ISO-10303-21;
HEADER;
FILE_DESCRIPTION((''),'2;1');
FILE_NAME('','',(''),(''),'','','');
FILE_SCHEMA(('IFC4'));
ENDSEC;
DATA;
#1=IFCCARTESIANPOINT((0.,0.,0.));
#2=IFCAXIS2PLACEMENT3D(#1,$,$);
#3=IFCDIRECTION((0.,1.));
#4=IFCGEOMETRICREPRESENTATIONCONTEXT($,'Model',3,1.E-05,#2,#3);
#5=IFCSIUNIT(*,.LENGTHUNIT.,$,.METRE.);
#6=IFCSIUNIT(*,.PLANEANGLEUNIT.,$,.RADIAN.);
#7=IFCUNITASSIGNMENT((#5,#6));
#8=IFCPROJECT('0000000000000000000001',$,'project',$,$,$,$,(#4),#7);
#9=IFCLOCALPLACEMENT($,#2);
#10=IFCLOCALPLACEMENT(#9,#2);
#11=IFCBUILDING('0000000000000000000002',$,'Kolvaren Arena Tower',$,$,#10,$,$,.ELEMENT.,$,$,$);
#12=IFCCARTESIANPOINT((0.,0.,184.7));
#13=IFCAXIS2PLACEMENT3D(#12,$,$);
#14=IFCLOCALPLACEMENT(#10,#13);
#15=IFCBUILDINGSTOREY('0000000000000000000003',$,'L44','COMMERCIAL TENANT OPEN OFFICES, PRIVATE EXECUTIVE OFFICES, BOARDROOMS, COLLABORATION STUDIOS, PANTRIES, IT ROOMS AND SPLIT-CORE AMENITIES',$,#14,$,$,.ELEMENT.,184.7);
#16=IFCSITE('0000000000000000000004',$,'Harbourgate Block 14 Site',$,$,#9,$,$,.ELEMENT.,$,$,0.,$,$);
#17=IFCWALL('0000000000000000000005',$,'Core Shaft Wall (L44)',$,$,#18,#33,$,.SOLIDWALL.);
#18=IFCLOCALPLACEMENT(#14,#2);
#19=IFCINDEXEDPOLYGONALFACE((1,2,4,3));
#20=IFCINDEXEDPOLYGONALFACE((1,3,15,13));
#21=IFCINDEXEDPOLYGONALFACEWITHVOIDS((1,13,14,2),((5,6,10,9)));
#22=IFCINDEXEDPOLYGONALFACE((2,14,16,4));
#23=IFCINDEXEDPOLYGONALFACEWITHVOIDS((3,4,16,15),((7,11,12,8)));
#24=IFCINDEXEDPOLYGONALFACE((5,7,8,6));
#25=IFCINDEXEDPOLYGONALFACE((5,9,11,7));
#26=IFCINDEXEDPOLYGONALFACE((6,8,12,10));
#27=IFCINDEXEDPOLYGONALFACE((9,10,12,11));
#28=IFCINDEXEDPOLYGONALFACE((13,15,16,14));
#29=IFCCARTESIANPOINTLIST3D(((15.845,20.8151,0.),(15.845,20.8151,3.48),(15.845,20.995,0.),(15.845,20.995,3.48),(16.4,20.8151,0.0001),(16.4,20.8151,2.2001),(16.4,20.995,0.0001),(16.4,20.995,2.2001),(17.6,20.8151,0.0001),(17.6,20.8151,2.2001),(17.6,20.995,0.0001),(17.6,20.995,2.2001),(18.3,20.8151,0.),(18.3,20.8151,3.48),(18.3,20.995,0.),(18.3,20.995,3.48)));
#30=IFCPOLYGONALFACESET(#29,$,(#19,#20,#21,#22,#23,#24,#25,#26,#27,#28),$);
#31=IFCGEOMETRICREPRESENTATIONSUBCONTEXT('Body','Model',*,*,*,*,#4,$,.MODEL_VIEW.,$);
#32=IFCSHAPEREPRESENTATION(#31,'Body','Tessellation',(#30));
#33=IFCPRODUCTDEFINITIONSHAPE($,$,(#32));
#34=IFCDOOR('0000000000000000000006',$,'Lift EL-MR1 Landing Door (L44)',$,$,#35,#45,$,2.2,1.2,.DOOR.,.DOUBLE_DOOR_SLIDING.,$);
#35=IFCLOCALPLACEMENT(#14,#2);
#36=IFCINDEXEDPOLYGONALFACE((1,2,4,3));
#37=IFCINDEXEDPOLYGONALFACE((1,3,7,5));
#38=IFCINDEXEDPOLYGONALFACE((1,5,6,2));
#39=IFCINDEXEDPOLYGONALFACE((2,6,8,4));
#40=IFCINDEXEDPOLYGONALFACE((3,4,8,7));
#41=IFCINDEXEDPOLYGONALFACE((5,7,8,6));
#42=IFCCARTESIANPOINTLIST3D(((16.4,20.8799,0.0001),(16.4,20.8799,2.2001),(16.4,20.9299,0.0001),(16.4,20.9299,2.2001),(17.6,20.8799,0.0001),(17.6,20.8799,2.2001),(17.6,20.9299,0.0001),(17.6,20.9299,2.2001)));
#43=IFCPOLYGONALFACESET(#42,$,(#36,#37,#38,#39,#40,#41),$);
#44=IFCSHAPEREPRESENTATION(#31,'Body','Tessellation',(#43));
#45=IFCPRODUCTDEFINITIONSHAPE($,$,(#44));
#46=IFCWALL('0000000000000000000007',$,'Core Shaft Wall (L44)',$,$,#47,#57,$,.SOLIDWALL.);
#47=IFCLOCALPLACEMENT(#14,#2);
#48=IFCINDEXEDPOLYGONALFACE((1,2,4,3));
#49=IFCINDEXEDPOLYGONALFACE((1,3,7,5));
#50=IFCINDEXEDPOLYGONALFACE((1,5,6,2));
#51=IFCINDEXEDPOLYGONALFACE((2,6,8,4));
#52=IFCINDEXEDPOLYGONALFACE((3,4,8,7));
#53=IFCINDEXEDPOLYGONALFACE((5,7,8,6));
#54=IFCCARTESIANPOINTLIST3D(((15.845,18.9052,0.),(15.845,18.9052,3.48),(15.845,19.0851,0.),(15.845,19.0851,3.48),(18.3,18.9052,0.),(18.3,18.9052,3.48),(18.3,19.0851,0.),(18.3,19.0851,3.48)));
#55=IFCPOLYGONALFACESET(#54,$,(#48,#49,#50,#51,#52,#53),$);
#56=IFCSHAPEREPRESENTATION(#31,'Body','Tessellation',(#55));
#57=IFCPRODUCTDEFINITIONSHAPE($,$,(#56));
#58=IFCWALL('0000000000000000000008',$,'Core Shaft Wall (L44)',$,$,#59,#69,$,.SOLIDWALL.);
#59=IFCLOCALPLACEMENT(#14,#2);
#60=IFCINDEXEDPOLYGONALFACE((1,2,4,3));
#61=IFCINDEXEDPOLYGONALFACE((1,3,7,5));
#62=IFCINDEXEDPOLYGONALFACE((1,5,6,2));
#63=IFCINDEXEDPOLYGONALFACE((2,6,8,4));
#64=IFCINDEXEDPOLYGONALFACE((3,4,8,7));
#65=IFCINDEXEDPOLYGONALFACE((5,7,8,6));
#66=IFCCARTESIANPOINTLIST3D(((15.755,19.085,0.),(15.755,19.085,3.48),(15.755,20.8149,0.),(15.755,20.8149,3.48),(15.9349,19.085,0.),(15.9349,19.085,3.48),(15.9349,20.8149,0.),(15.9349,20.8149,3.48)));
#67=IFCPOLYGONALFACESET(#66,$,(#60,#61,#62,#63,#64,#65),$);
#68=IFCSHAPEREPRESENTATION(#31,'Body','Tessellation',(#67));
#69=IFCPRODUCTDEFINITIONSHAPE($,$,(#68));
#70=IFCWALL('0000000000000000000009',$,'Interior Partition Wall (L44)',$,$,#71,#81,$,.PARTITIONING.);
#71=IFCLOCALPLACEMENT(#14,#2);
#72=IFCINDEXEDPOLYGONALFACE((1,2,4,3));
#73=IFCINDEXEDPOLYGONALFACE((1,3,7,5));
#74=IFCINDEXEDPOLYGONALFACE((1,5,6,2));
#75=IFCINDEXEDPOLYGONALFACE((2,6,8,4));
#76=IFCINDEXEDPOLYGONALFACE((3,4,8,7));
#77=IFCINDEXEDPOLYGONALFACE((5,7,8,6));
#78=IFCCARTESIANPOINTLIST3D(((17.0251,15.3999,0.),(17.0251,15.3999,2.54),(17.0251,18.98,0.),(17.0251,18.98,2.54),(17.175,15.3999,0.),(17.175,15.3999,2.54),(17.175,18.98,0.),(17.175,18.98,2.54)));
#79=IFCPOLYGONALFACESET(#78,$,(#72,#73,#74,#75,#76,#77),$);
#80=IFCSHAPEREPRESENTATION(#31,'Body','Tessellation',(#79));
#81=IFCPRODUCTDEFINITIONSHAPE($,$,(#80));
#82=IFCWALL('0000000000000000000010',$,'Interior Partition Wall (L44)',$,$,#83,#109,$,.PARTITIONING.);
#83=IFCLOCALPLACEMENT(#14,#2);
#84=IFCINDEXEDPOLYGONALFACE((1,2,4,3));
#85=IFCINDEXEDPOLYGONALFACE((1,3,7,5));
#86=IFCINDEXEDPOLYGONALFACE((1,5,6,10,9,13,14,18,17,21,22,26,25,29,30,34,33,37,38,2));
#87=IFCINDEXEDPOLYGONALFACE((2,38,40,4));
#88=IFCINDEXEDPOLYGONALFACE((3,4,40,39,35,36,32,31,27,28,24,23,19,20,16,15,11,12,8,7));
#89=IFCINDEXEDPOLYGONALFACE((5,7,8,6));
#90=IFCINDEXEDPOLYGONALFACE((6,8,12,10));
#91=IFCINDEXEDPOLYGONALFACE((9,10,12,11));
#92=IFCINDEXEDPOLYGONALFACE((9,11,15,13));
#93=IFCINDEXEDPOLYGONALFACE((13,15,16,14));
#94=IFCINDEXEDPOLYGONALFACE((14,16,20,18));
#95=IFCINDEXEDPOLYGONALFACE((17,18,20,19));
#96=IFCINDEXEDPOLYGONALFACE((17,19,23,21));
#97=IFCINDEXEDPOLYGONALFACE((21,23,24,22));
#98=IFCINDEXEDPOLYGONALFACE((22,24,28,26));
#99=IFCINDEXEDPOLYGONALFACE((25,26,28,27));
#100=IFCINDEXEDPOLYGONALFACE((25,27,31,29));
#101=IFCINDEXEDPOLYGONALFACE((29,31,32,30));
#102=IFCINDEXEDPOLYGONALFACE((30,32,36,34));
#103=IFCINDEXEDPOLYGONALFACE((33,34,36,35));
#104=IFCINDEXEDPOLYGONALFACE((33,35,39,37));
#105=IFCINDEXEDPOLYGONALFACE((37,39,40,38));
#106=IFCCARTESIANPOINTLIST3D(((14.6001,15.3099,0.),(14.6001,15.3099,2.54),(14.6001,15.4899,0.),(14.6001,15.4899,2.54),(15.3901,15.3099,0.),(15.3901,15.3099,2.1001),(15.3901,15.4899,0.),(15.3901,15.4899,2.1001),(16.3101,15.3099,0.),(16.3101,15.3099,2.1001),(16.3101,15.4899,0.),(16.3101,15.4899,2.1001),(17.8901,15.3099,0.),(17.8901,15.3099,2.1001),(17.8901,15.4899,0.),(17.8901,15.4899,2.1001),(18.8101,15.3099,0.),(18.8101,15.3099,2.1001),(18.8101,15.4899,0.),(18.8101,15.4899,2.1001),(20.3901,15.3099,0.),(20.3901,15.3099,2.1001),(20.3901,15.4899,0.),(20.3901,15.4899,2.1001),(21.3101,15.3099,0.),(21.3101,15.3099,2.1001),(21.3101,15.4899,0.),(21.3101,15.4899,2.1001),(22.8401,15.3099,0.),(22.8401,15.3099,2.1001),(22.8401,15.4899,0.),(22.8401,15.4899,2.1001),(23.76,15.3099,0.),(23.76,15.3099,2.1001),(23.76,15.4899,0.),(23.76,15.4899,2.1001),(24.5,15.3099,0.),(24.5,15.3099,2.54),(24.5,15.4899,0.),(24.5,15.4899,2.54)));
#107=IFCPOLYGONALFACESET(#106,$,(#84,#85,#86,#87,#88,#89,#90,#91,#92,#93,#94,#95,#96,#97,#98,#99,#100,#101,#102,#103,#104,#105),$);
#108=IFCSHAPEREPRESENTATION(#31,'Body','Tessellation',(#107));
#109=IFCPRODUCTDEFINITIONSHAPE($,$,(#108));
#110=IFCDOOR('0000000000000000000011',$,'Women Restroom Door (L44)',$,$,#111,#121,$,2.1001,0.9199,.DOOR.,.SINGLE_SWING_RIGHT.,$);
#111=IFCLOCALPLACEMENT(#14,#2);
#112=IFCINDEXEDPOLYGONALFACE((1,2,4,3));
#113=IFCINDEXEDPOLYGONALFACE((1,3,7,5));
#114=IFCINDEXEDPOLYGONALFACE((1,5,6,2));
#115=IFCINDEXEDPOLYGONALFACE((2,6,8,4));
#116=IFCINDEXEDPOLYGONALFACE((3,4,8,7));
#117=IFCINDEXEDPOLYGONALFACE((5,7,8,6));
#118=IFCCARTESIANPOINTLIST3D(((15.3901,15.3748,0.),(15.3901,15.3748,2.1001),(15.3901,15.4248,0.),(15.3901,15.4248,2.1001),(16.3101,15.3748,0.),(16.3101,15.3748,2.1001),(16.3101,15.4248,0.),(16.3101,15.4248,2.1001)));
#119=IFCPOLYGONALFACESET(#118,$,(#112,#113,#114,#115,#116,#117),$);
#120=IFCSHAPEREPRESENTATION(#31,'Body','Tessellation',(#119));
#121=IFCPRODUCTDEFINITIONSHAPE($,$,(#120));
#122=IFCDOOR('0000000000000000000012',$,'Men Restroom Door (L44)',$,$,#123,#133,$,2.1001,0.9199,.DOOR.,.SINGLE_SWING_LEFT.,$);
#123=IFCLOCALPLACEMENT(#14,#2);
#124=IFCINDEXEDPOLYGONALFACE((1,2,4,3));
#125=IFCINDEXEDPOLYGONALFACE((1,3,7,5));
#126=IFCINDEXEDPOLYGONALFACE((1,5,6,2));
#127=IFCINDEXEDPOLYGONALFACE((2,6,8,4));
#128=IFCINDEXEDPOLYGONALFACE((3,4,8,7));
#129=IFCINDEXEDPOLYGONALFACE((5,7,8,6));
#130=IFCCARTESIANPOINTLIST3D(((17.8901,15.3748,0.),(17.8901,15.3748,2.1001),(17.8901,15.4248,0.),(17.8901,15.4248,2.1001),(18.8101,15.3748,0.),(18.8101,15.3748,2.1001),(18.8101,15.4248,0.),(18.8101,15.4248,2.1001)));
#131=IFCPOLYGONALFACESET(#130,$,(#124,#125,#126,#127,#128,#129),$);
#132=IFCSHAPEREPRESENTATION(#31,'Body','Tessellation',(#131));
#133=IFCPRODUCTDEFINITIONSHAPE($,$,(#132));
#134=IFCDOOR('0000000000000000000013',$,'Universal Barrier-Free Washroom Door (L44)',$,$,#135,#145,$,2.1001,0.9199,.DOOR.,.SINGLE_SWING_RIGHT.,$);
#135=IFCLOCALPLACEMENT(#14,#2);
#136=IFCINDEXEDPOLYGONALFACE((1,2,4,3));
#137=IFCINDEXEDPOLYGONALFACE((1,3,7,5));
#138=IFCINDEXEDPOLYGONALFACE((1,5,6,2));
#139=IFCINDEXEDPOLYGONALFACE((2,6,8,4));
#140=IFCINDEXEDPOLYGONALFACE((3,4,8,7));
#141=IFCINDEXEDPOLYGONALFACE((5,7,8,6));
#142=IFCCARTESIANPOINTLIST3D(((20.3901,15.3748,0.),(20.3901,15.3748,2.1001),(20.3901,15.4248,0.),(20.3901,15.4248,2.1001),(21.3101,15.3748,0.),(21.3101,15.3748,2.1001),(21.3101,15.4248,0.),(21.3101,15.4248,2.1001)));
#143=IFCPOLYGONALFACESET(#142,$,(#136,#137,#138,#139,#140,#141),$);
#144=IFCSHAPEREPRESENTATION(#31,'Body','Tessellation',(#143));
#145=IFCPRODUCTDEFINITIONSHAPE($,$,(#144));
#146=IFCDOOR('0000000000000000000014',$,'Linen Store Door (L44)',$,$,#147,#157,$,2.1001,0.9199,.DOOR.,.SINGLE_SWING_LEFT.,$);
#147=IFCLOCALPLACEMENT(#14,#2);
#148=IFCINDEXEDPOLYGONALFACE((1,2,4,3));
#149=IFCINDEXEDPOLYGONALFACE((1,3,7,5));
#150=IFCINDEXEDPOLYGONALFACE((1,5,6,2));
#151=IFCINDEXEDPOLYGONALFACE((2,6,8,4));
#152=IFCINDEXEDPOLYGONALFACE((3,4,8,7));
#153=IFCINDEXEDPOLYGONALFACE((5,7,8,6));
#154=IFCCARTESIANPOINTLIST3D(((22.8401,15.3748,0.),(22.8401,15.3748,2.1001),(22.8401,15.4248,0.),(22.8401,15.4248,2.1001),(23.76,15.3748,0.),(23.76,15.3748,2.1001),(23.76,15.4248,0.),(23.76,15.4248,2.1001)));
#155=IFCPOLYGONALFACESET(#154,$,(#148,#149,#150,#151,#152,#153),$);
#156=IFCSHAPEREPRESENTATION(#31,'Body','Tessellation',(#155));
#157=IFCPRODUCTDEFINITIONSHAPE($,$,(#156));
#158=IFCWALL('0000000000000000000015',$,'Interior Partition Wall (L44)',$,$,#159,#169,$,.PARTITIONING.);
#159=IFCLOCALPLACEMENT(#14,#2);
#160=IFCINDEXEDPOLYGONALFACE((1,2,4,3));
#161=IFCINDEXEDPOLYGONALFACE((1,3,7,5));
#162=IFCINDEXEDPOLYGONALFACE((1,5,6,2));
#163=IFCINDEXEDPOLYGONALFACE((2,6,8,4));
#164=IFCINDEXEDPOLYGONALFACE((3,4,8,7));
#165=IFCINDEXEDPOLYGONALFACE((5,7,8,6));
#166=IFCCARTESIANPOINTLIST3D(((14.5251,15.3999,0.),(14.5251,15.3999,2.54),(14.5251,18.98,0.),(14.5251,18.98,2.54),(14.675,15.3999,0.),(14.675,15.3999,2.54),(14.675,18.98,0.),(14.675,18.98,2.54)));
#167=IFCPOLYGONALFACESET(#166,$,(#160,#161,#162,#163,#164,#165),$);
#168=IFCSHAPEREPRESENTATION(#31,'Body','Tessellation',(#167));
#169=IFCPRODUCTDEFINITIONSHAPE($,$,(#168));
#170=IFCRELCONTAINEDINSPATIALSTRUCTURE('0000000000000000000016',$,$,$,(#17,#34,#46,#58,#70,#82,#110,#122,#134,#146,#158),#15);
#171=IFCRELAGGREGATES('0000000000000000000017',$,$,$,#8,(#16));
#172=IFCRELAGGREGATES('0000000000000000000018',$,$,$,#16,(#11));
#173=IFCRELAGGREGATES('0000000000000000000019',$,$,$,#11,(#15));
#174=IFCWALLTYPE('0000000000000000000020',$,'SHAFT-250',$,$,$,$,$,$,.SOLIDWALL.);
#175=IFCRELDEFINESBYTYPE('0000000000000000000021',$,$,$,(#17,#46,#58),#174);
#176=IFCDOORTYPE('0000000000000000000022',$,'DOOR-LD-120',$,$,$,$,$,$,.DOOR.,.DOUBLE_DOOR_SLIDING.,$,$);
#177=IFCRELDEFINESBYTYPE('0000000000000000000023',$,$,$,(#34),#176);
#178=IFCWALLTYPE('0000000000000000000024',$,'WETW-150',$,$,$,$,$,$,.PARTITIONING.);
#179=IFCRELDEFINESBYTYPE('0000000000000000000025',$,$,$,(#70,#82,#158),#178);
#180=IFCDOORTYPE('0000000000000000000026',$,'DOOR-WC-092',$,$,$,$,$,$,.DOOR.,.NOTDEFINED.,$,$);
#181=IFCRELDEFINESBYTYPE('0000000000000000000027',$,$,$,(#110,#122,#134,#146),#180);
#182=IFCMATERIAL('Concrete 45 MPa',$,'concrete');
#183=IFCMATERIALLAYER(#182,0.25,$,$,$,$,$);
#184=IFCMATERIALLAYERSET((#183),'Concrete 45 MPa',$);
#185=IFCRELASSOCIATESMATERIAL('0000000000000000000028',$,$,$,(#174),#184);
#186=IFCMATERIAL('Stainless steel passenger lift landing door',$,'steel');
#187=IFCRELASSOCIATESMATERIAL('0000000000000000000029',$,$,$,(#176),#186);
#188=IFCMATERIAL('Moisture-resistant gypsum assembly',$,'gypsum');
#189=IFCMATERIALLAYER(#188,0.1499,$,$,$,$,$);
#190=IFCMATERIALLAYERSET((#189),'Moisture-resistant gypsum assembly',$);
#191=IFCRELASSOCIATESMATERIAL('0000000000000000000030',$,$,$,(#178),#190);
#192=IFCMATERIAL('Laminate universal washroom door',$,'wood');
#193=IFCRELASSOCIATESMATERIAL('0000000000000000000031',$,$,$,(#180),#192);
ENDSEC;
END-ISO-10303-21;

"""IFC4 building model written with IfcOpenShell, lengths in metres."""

from ifc_helpers import new_model, si_unit, direction, frame, frame_2d, origin, place, context, subcontext, project, spatial, rectangle, extrude, material, layer, layer_set, type_object, element, fill, save


model = new_model("IFC4")

# Units and contexts
model_context = context("Model", 3, precision=1e-05, world=origin(), true_north=direction((0.0, 1.0)))
body_context = subcontext(model_context, "Body", "Model", "MODEL_VIEW")
ifc_project = project(units=[si_unit("LENGTHUNIT", "METRE"), si_unit("PLANEANGLEUNIT", "RADIAN")], contexts=[model_context])

# Site, building, storey
site_placement = place(None, origin())
site = spatial("IfcSite", under=ifc_project, at=site_placement, Name="Harbourgate Block 14 Site", CompositionType="ELEMENT", RefElevation=0.0)
building_placement = place(site_placement, origin())
building = spatial("IfcBuilding", under=site, at=building_placement, Name="Kolvaren Arena Tower", CompositionType="ELEMENT")
storey_placement = place(building_placement, frame((0.0, 0.0, 184.7)))
storey = spatial("IfcBuildingStorey", under=building, at=storey_placement, Name="L44", Description="COMMERCIAL TENANT OPEN OFFICES, PRIVATE EXECUTIVE OFFICES, BOARDROOMS, COLLABORATION STUDIOS, PANTRIES, IT ROOMS AND SPLIT-CORE AMENITIES", CompositionType="ELEMENT", Elevation=184.7)

# Wall, opening, door
ifc_material_1 = material(Name="Concrete 45 MPa", Category="concrete")
ifc_layer_1 = layer(ifc_material_1, 0.25)
ifc_layer_set_1 = layer_set([ifc_layer_1], Name="Concrete 45 MPa")
wall_type_1 = type_object("IfcWallType", Name="SHAFT-250", PredefinedType="SOLIDWALL", material=ifc_layer_set_1)
wall_1_placement = place(storey_placement, frame((15.845, 20.905, 0.0), z_axis=(0.0, 0.0, 1.0), x_axis=(1.0, 0.0, 0.0)))
wall_1 = element("IfcWall", 1, at=wall_1_placement, inside=storey, type_object=wall_type_1, Name="Core Shaft Wall (L44)", PredefinedType="SOLIDWALL", context=body_context, shape_type="SweptSolid", body=[
    extrude(rectangle(XDim=2.4551, YDim=0.1799, at=frame_2d((1.2275, 0.0))), origin(), (0.0, 0.0, 1.0), 3.48),
])
opening_1_placement = place(wall_1_placement, frame((0.5549, 0.0, 0.0)))
opening_1 = element("IfcOpeningElement", 2, at=opening_1_placement, cuts=wall_1, PredefinedType="OPENING", context=body_context, shape_type="SweptSolid", body=[
    extrude(rectangle(XDim=1.2, YDim=2.2, at=frame_2d((0.6001, 1.1001))), frame((0.0, 0.0999, 0.0), z_axis=(0.0, -1.0, 0.0), x_axis=(1.0, 0.0, 0.0)), (0.0, 0.0, 1.0), 0.2),
])
ifc_material_2 = material(Name="Stainless steel passenger lift landing door", Category="steel")
door_type_1 = type_object("IfcDoorType", Name="DOOR-LD-120", OperationType="DOUBLE_DOOR_SLIDING", PredefinedType="DOOR", material=ifc_material_2)
door_1_placement = place(opening_1_placement, origin())
door_1 = element("IfcDoor", 3, at=door_1_placement, inside=storey, type_object=door_type_1, Name="Lift EL-MR1 Landing Door (L44)", OperationType="DOUBLE_DOOR_SLIDING", OverallHeight=2.2, OverallWidth=1.2, PredefinedType="DOOR", context=body_context, shape_type="SweptSolid", body=[
    extrude(rectangle(XDim=1.2, YDim=2.2, at=frame_2d((0.6001, 1.1001))), frame((0.0, 0.0249, 0.0), z_axis=(0.0, -1.0, 0.0), x_axis=(1.0, 0.0, 0.0)), (0.0, 0.0, 1.0), 0.05),
])
fill(opening_1, door_1)

# Walls
wall_2_placement = place(storey_placement, frame((15.845, 18.9951, 0.0), z_axis=(0.0, 0.0, 1.0), x_axis=(1.0, 0.0, 0.0)))
element("IfcWall", 4, at=wall_2_placement, inside=storey, type_object=wall_type_1, Name="Core Shaft Wall (L44)", PredefinedType="SOLIDWALL", context=body_context, shape_type="SweptSolid", body=[
    extrude(rectangle(XDim=2.4551, YDim=0.1799, at=frame_2d((1.2275, 0.0))), origin(), (0.0, 0.0, 1.0), 3.48),
])
wall_3_placement = place(storey_placement, frame((15.845, 19.085, 0.0), z_axis=(0.0, 0.0, 1.0), x_axis=(0.0, 1.0, 0.0)))
element("IfcWall", 5, at=wall_3_placement, inside=storey, type_object=wall_type_1, Name="Core Shaft Wall (L44)", PredefinedType="SOLIDWALL", context=body_context, shape_type="SweptSolid", body=[
    extrude(rectangle(XDim=1.73, YDim=0.1799, at=frame_2d((0.865, 0.0))), origin(), (0.0, 0.0, 1.0), 3.48),
])
ifc_material_3 = material(Name="Moisture-resistant gypsum assembly", Category="gypsum")
ifc_layer_2 = layer(ifc_material_3, 0.1499)
ifc_layer_set_2 = layer_set([ifc_layer_2], Name="Moisture-resistant gypsum assembly")
wall_type_2 = type_object("IfcWallType", Name="WETW-150", PredefinedType="PARTITIONING", material=ifc_layer_set_2)
wall_4_placement = place(storey_placement, frame((17.1001, 15.3999, 0.0), z_axis=(0.0, 0.0, 1.0), x_axis=(0.0, 1.0, 0.0)))
element("IfcWall", 6, at=wall_4_placement, inside=storey, type_object=wall_type_2, Name="Interior Partition Wall (L44)", PredefinedType="PARTITIONING", context=body_context, shape_type="SweptSolid", body=[
    extrude(rectangle(XDim=3.5801, YDim=0.1499, at=frame_2d((1.79, 0.0))), origin(), (0.0, 0.0, 1.0), 2.54),
])

# Wall, openings, doors
wall_5_placement = place(storey_placement, frame((14.6001, 15.3999, 0.0), z_axis=(0.0, 0.0, 1.0), x_axis=(1.0, 0.0, 0.0)))
wall_5 = element("IfcWall", 7, at=wall_5_placement, inside=storey, type_object=wall_type_2, Name="Interior Partition Wall (L44)", PredefinedType="PARTITIONING", context=body_context, shape_type="SweptSolid", body=[
    extrude(rectangle(XDim=9.8999, YDim=0.1799, at=frame_2d((4.95, 0.0))), origin(), (0.0, 0.0, 1.0), 2.54),
])
opening_2_placement = place(wall_5_placement, frame((0.79, 0.0, 0.0)))
opening_2 = element("IfcOpeningElement", 8, at=opening_2_placement, cuts=wall_5, PredefinedType="OPENING", context=body_context, shape_type="SweptSolid", body=[
    extrude(rectangle(XDim=0.9199, YDim=2.1001, at=frame_2d((0.46, 1.05))), frame((0.0, 0.0999, 0.0), z_axis=(0.0, -1.0, 0.0), x_axis=(1.0, 0.0, 0.0)), (0.0, 0.0, 1.0), 0.2),
])
opening_3_placement = place(wall_5_placement, frame((3.29, 0.0, 0.0)))
opening_3 = element("IfcOpeningElement", 9, at=opening_3_placement, cuts=wall_5, PredefinedType="OPENING", context=body_context, shape_type="SweptSolid", body=[
    extrude(rectangle(XDim=0.9199, YDim=2.1001, at=frame_2d((0.46, 1.05))), frame((0.0, 0.0999, 0.0), z_axis=(0.0, -1.0, 0.0), x_axis=(1.0, 0.0, 0.0)), (0.0, 0.0, 1.0), 0.2),
])
opening_4_placement = place(wall_5_placement, frame((5.79, 0.0, 0.0)))
opening_4 = element("IfcOpeningElement", 10, at=opening_4_placement, cuts=wall_5, PredefinedType="OPENING", context=body_context, shape_type="SweptSolid", body=[
    extrude(rectangle(XDim=0.9199, YDim=2.1001, at=frame_2d((0.46, 1.05))), frame((0.0, 0.0999, 0.0), z_axis=(0.0, -1.0, 0.0), x_axis=(1.0, 0.0, 0.0)), (0.0, 0.0, 1.0), 0.2),
])
opening_5_placement = place(wall_5_placement, frame((8.24, 0.0, 0.0)))
opening_5 = element("IfcOpeningElement", 11, at=opening_5_placement, cuts=wall_5, PredefinedType="OPENING", context=body_context, shape_type="SweptSolid", body=[
    extrude(rectangle(XDim=0.9199, YDim=2.1001, at=frame_2d((0.46, 1.05))), frame((0.0, 0.0999, 0.0), z_axis=(0.0, -1.0, 0.0), x_axis=(1.0, 0.0, 0.0)), (0.0, 0.0, 1.0), 0.2),
])
ifc_material_4 = material(Name="Laminate universal washroom door", Category="wood")
door_type_2 = type_object("IfcDoorType", Name="DOOR-WC-092", OperationType="NOTDEFINED", PredefinedType="DOOR", material=ifc_material_4)
door_2_placement = place(opening_2_placement, origin())
door_2 = element("IfcDoor", 12, at=door_2_placement, inside=storey, type_object=door_type_2, Name="Women Restroom Door (L44)", OperationType="SINGLE_SWING_RIGHT", OverallHeight=2.1001, OverallWidth=0.9199, PredefinedType="DOOR", context=body_context, shape_type="SweptSolid", body=[
    extrude(rectangle(XDim=0.9199, YDim=2.1001, at=frame_2d((0.46, 1.05))), frame((0.0, 0.0249, 0.0), z_axis=(0.0, -1.0, 0.0), x_axis=(1.0, 0.0, 0.0)), (0.0, 0.0, 1.0), 0.05),
])
fill(opening_2, door_2)
door_3_placement = place(opening_3_placement, origin())
door_3 = element("IfcDoor", 13, at=door_3_placement, inside=storey, type_object=door_type_2, Name="Men Restroom Door (L44)", OperationType="SINGLE_SWING_LEFT", OverallHeight=2.1001, OverallWidth=0.9199, PredefinedType="DOOR", context=body_context, shape_type="SweptSolid", body=[
    extrude(rectangle(XDim=0.9199, YDim=2.1001, at=frame_2d((0.46, 1.05))), frame((0.0, 0.0249, 0.0), z_axis=(0.0, -1.0, 0.0), x_axis=(1.0, 0.0, 0.0)), (0.0, 0.0, 1.0), 0.05),
])
fill(opening_3, door_3)
door_4_placement = place(opening_4_placement, origin())
door_4 = element("IfcDoor", 14, at=door_4_placement, inside=storey, type_object=door_type_2, Name="Universal Barrier-Free Washroom Door (L44)", OperationType="SINGLE_SWING_RIGHT", OverallHeight=2.1001, OverallWidth=0.9199, PredefinedType="DOOR", context=body_context, shape_type="SweptSolid", body=[
    extrude(rectangle(XDim=0.9199, YDim=2.1001, at=frame_2d((0.46, 1.05))), frame((0.0, 0.0249, 0.0), z_axis=(0.0, -1.0, 0.0), x_axis=(1.0, 0.0, 0.0)), (0.0, 0.0, 1.0), 0.05),
])
fill(opening_4, door_4)
door_5_placement = place(opening_5_placement, origin())
door_5 = element("IfcDoor", 15, at=door_5_placement, inside=storey, type_object=door_type_2, Name="Linen Store Door (L44)", OperationType="SINGLE_SWING_LEFT", OverallHeight=2.1001, OverallWidth=0.9199, PredefinedType="DOOR", context=body_context, shape_type="SweptSolid", body=[
    extrude(rectangle(XDim=0.9199, YDim=2.1001, at=frame_2d((0.46, 1.05))), frame((0.0, 0.0249, 0.0), z_axis=(0.0, -1.0, 0.0), x_axis=(1.0, 0.0, 0.0)), (0.0, 0.0, 1.0), 0.05),
])
fill(opening_5, door_5)

# Wall
wall_6_placement = place(storey_placement, frame((14.6001, 15.3999, 0.0), z_axis=(0.0, 0.0, 1.0), x_axis=(0.0, 1.0, 0.0)))
element("IfcWall", 16, at=wall_6_placement, inside=storey, type_object=wall_type_2, Name="Interior Partition Wall (L44)", PredefinedType="PARTITIONING", context=body_context, shape_type="SweptSolid", body=[
    extrude(rectangle(XDim=3.5801, YDim=0.1499, at=frame_2d((1.79, 0.0))), origin(), (0.0, 0.0, 1.0), 2.54),
])

save(model, "model.ifc")
